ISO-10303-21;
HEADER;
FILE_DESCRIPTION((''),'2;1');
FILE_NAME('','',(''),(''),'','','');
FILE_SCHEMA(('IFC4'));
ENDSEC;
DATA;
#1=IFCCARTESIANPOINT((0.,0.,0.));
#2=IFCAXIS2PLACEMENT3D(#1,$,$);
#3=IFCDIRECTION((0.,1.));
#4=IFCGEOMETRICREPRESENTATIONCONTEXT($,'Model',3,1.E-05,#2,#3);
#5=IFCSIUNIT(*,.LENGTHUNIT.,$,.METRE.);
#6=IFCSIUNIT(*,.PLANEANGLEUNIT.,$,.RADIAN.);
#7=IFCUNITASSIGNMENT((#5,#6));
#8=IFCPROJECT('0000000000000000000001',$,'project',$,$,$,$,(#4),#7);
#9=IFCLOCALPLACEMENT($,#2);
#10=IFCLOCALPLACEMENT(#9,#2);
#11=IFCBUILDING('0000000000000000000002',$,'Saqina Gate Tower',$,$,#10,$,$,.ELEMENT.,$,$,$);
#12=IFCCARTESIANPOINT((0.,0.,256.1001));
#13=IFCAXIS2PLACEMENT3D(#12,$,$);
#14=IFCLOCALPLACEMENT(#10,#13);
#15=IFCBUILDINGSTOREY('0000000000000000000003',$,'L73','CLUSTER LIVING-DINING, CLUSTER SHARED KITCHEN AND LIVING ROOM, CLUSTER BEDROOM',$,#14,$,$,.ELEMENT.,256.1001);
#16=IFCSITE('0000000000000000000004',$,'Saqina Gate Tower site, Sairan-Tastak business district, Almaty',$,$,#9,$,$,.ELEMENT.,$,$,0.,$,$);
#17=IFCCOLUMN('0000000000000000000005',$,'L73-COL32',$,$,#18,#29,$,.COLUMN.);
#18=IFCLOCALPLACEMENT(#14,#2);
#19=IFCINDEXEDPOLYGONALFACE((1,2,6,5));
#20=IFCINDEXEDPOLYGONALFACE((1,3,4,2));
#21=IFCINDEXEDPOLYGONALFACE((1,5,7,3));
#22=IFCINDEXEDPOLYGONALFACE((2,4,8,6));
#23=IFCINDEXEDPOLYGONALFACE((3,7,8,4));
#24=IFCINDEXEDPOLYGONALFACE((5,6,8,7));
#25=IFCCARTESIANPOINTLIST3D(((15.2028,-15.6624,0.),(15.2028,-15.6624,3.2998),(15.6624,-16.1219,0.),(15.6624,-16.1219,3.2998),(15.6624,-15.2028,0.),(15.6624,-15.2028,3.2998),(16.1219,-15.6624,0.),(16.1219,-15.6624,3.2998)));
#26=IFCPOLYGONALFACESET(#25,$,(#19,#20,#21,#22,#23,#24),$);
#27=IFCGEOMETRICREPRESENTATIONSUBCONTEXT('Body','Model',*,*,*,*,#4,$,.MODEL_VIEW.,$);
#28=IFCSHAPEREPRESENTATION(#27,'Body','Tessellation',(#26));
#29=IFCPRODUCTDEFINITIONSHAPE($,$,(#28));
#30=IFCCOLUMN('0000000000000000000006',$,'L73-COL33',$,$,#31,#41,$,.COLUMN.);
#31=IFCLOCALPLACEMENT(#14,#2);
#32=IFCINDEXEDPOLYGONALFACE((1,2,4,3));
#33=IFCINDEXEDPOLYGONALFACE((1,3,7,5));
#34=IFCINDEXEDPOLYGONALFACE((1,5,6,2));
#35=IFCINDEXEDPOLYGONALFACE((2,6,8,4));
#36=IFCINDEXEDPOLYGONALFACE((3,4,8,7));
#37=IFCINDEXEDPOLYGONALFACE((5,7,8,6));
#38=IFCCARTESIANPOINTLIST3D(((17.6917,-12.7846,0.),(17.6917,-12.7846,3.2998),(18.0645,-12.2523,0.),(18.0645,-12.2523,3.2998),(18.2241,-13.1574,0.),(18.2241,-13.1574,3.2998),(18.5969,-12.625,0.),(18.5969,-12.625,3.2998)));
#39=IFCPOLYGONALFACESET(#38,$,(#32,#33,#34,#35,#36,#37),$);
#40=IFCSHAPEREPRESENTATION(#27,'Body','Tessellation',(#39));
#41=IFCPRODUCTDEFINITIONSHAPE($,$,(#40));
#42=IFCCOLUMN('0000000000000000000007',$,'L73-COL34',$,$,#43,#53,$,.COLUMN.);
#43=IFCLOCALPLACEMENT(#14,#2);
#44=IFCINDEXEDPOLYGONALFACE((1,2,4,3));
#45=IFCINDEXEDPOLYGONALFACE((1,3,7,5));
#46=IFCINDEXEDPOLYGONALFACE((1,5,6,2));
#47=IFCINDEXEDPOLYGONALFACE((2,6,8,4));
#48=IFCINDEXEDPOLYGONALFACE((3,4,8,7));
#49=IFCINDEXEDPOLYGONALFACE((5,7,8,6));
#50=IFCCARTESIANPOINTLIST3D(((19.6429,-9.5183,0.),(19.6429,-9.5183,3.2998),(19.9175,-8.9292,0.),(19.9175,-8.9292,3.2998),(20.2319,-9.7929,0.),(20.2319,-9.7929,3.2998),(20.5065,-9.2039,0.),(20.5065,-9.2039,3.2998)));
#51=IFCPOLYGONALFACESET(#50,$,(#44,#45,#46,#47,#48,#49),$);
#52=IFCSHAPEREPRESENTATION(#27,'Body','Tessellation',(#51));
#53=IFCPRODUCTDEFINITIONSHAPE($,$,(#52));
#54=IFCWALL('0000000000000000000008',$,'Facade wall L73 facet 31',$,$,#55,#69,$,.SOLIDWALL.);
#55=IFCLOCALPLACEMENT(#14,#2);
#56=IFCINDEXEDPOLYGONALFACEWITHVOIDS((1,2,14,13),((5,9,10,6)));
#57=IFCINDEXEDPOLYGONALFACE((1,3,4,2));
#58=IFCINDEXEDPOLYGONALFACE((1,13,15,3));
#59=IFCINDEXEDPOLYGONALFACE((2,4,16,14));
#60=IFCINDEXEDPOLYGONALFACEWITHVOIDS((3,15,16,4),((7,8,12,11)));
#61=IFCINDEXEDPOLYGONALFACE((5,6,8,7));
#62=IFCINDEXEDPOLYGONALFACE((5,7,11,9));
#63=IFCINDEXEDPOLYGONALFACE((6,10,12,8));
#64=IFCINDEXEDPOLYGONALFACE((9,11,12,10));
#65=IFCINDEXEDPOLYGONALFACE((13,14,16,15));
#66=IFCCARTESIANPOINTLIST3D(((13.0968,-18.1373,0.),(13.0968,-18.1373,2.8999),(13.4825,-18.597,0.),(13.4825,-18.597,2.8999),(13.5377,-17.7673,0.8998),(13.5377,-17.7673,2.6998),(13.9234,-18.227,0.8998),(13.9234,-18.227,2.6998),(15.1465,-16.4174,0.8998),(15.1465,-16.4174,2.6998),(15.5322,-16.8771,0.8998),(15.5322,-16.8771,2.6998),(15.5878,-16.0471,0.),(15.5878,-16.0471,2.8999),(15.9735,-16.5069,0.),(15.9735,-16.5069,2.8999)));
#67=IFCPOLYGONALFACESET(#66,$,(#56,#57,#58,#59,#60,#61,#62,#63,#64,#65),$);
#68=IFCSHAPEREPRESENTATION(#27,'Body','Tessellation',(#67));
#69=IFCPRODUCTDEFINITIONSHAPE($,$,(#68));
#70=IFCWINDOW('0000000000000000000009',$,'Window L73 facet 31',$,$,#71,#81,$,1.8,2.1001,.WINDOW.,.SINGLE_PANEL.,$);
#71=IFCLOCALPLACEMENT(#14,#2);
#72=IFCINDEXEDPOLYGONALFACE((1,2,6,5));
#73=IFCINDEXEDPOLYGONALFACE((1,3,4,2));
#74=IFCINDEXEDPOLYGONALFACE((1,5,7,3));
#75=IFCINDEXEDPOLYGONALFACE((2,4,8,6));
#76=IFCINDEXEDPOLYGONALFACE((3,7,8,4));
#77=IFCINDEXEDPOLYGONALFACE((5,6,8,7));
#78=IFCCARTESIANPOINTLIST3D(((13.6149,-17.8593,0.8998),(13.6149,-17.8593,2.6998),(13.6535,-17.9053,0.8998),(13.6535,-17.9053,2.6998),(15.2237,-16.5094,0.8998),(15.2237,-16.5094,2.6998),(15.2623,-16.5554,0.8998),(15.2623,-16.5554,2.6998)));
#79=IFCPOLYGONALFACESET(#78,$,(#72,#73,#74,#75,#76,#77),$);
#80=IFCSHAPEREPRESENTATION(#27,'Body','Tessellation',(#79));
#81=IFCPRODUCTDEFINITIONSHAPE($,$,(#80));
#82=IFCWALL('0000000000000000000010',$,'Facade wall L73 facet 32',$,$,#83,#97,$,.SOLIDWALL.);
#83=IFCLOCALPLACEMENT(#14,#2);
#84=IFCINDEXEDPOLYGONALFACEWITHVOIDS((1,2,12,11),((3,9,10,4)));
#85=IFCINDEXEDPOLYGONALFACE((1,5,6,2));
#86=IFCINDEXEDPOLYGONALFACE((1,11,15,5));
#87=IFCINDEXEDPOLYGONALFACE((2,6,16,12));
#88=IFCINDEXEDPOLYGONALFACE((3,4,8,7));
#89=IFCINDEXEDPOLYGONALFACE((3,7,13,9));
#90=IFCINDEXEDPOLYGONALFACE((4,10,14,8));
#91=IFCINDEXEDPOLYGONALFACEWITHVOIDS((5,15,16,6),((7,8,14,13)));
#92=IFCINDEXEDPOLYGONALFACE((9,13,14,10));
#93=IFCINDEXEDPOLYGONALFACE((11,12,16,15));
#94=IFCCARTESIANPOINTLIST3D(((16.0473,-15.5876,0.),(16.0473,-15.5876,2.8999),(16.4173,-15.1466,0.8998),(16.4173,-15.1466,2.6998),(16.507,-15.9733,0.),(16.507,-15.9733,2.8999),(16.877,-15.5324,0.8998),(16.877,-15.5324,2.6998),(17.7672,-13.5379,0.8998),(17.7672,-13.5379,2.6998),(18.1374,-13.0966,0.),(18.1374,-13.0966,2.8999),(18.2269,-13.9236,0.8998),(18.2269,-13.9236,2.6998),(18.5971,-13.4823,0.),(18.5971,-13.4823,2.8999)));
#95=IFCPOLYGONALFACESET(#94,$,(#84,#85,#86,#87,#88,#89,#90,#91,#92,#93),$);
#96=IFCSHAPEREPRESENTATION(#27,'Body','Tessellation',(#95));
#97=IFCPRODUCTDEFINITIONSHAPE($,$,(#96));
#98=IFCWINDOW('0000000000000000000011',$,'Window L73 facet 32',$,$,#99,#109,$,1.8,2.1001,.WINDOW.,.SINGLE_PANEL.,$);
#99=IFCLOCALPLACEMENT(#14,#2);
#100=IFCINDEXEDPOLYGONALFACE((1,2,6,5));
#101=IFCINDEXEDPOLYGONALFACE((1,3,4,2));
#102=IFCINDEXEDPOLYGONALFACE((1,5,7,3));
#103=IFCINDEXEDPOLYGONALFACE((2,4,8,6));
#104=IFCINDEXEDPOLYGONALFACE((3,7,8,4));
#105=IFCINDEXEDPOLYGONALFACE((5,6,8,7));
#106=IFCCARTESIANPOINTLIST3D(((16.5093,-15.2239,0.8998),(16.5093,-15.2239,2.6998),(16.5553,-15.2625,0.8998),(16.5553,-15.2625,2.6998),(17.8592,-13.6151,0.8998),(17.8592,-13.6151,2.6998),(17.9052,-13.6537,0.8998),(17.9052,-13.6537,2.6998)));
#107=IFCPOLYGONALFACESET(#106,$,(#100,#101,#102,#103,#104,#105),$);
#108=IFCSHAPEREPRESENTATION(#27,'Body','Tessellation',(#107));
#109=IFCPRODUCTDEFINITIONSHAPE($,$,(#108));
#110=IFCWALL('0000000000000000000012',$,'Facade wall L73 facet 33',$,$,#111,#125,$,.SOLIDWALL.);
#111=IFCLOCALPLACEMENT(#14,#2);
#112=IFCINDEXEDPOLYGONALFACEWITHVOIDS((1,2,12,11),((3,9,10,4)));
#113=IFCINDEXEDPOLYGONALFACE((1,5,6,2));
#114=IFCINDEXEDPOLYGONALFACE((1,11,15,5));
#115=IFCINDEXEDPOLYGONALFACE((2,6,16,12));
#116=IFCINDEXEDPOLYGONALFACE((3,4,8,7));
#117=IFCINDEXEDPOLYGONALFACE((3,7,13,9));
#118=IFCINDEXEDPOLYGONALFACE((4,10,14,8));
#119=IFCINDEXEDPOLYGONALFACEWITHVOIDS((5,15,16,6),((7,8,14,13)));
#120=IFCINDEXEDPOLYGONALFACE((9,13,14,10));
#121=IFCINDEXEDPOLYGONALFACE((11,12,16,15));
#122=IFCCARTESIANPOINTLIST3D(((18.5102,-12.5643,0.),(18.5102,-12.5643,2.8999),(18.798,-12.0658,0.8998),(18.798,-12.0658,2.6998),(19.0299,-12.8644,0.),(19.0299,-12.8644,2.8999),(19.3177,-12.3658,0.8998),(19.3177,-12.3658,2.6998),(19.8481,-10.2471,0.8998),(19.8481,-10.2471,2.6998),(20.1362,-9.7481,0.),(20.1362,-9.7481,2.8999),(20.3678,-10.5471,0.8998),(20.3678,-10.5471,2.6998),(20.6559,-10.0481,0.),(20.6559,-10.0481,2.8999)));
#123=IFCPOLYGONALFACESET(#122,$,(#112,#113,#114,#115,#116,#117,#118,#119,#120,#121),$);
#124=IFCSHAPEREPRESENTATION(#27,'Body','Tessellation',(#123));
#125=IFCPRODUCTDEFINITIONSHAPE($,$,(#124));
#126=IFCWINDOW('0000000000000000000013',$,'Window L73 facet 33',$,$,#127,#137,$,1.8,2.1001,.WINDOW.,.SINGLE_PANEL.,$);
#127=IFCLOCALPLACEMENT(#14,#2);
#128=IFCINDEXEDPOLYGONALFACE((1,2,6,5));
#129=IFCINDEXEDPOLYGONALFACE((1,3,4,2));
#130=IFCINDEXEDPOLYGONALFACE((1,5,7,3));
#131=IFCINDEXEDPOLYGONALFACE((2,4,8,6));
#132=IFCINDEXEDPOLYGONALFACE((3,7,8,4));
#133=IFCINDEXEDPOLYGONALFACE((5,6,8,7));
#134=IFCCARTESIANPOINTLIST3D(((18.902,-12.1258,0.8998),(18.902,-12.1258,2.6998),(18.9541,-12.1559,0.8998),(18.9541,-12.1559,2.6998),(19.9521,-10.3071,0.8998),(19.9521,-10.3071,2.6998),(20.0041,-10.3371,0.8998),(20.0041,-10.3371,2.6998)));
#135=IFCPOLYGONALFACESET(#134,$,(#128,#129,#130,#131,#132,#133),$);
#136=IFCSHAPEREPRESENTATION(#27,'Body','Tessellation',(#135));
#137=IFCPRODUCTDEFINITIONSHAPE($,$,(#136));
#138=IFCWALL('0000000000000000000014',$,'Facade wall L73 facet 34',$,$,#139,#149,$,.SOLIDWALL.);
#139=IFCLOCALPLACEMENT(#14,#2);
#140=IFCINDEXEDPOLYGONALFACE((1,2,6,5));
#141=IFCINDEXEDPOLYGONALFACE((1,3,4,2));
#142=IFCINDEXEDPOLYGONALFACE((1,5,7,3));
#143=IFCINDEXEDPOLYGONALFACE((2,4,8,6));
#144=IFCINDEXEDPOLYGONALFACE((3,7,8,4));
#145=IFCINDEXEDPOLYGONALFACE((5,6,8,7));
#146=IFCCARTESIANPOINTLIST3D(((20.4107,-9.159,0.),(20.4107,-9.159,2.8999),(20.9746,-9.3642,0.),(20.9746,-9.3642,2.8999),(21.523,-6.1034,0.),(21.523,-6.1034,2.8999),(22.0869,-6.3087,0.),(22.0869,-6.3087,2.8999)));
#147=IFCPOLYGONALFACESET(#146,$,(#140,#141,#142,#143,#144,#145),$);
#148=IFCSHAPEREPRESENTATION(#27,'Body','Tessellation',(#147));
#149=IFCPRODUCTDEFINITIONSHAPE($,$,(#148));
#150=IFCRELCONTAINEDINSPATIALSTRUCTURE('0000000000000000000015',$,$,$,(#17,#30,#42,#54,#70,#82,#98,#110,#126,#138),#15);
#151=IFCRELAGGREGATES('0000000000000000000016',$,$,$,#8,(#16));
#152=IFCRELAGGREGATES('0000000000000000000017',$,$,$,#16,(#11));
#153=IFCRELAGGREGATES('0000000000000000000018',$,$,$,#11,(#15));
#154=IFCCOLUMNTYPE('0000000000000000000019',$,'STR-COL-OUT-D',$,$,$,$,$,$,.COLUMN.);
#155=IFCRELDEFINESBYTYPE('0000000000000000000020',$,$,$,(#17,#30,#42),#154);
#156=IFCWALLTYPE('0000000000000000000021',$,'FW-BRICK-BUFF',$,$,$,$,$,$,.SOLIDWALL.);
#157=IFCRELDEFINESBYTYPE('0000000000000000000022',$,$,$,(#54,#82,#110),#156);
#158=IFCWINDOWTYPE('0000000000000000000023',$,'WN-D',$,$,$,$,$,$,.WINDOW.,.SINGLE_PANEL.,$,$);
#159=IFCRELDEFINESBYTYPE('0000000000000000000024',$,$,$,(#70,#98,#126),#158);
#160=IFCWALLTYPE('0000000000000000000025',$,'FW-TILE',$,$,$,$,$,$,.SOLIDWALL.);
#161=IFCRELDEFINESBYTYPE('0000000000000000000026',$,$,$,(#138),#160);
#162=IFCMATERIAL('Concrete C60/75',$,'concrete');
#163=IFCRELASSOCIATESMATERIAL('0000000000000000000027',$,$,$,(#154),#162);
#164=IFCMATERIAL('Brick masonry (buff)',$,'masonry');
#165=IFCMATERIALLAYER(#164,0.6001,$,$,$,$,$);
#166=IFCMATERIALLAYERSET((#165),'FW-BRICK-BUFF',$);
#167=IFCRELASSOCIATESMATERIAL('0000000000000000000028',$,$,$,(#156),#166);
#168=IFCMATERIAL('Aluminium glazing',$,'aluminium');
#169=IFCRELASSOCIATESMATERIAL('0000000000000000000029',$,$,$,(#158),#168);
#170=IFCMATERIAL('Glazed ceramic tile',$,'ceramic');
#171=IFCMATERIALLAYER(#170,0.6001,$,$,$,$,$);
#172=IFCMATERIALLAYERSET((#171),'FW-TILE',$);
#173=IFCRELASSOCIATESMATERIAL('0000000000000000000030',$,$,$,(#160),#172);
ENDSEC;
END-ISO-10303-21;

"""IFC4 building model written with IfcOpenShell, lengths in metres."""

from ifc_helpers import new_model, si_unit, direction, frame, frame_2d, origin, origin_2d, place, context, subcontext, project, spatial, rectangle, extrude, material, layer, layer_set, material_profile, profile_set, type_object, element, fill, save


model = new_model("IFC4")

# Units and contexts
model_context = context("Model", 3, precision=1e-05, world=origin(), true_north=direction((0.0, 1.0)))
body_context = subcontext(model_context, "Body", "Model", "MODEL_VIEW")
ifc_project = project(units=[si_unit("LENGTHUNIT", "METRE"), si_unit("PLANEANGLEUNIT", "RADIAN")], contexts=[model_context])

# Site, building, storey
site_placement = place(None, origin())
site = spatial("IfcSite", under=ifc_project, at=site_placement, Name="Saqina Gate Tower site, Sairan-Tastak business district, Almaty", CompositionType="ELEMENT", RefElevation=0.0)
building_placement = place(site_placement, origin())
building = spatial("IfcBuilding", under=site, at=building_placement, Name="Saqina Gate Tower", CompositionType="ELEMENT")
storey_placement = place(building_placement, frame((0.0, 0.0, 256.1001)))
storey = spatial("IfcBuildingStorey", under=building, at=storey_placement, Name="L73", Description="CLUSTER LIVING-DINING, CLUSTER SHARED KITCHEN AND LIVING ROOM, CLUSTER BEDROOM", CompositionType="ELEMENT", Elevation=256.1001)

# Columns
ifc_material_1 = material(Name="Concrete C60/75", Category="concrete")
ifc_material_profile = material_profile(ifc_material_1, rectangle(XDim=0.6499, YDim=0.6499, at=origin_2d()), Name="RC 650x650")
ifc_profile_set = profile_set([ifc_material_profile], Name="Concrete C60/75")
column_type = type_object("IfcColumnType", Name="STR-COL-OUT-D", PredefinedType="COLUMN", material=ifc_profile_set)
for number, where, z_axis, x_axis, name in (
    (1, (15.6624, -15.6624, 0.0), (0.0, 0.0, 1.0), (0.707107, -0.707107, 0.0), "L73-COL32"),
    (2, (18.1443, -12.7048, 0.0), (0.0, 0.0, 1.0), (0.819152, -0.573576, 0.0), "L73-COL33"),
    (3, (20.0747, -9.3611, 0.0), (0.0, 0.0, 1.0), (0.906308, -0.422618, 0.0), "L73-COL34"),
):
    element("IfcColumn", number, at=place(storey_placement, frame(where, z_axis=z_axis, x_axis=x_axis)), inside=storey, type_object=column_type, Name=name, PredefinedType="COLUMN", context=body_context, shape_type="SweptSolid", body=[
        extrude(rectangle(XDim=0.6499, YDim=0.6499, at=origin_2d()), origin(), (0.0, 0.0, 1.0), 3.2998),
    ])

# Walls, openings, windows
ifc_material_2 = material(Name="Brick masonry (buff)", Category="masonry")
ifc_layer_1 = layer(ifc_material_2, 0.6001)
ifc_layer_set_1 = layer_set([ifc_layer_1], Name="FW-BRICK-BUFF")
wall_type_1 = type_object("IfcWallType", Name="FW-BRICK-BUFF", PredefinedType="SOLIDWALL", material=ifc_layer_set_1)
wall_1_placement = place(storey_placement, frame((13.2896, -18.3672, 0.0), z_axis=(0.0, 0.0, 1.0), x_axis=(0.766057, 0.642773, 0.0)))
wall_1 = element("IfcWall", 4, at=wall_1_placement, inside=storey, type_object=wall_type_1, Name="Facade wall L73 facet 31", PredefinedType="SOLIDWALL", context=body_context, shape_type="SweptSolid", body=[
    extrude(rectangle(XDim=3.2517, YDim=0.6001, at=frame_2d((1.626, 0.0))), origin(), (0.0, 0.0, 1.0), 2.8999),
])
opening_1_placement = place(wall_1_placement, frame((0.5757, 0.0, 0.8999)))
opening_1 = element("IfcOpeningElement", 5, at=opening_1_placement, cuts=wall_1, PredefinedType="OPENING", context=body_context, shape_type="SweptSolid", body=[
    extrude(rectangle(XDim=2.1001, YDim=1.8, at=frame_2d((1.05, 0.8999))), frame((0.0, 0.312, 0.0), z_axis=(0.0, -1.0, 0.0), x_axis=(1.0, 0.0, 0.0)), (0.0, 0.0, 1.0), 0.624),
])
ifc_material_3 = material(Name="Aluminium glazing", Category="aluminium")
window_type = type_object("IfcWindowType", Name="WN-D", PartitioningType="SINGLE_PANEL", PredefinedType="WINDOW", material=ifc_material_3)
window_1_placement = place(opening_1_placement, origin())
window_1 = element("IfcWindow", 6, at=window_1_placement, inside=storey, type_object=window_type, Name="Window L73 facet 31", OverallHeight=1.8, OverallWidth=2.1001, PartitioningType="SINGLE_PANEL", PredefinedType="WINDOW", context=body_context, shape_type="SweptSolid", body=[
    extrude(rectangle(XDim=2.1001, YDim=1.8, at=frame_2d((1.05, 0.8999))), frame((0.0, 0.1799, 0.0), z_axis=(0.0, -1.0, 0.0), x_axis=(1.0, 0.0, 0.0)), (0.0, 0.0, 1.0), 0.0601),
])
fill(opening_1, window_1)
wall_2_placement = place(storey_placement, frame((16.2771, -15.7805, 0.0), z_axis=(0.0, 0.0, 1.0), x_axis=(0.642773, 0.766057, 0.0)))
wall_2 = element("IfcWall", 7, at=wall_2_placement, inside=storey, type_object=wall_type_1, Name="Facade wall L73 facet 32", PredefinedType="SOLIDWALL", context=body_context, shape_type="SweptSolid", body=[
    extrude(rectangle(XDim=3.2517, YDim=0.6001, at=frame_2d((1.626, 0.0))), origin(), (0.0, 0.0, 1.0), 2.8999),
])
opening_2_placement = place(wall_2_placement, frame((0.5757, 0.0, 0.8999)))
opening_2 = element("IfcOpeningElement", 8, at=opening_2_placement, cuts=wall_2, PredefinedType="OPENING", context=body_context, shape_type="SweptSolid", body=[
    extrude(rectangle(XDim=2.1001, YDim=1.8, at=frame_2d((1.05, 0.8999))), frame((0.0, 0.312, 0.0), z_axis=(0.0, -1.0, 0.0), x_axis=(1.0, 0.0, 0.0)), (0.0, 0.0, 1.0), 0.624),
])
window_2_placement = place(opening_2_placement, origin())
window_2 = element("IfcWindow", 9, at=window_2_placement, inside=storey, type_object=window_type, Name="Window L73 facet 32", OverallHeight=1.8, OverallWidth=2.1001, PartitioningType="SINGLE_PANEL", PredefinedType="WINDOW", context=body_context, shape_type="SweptSolid", body=[
    extrude(rectangle(XDim=2.1001, YDim=1.8, at=frame_2d((1.05, 0.8999))), frame((0.0, 0.1799, 0.0), z_axis=(0.0, -1.0, 0.0), x_axis=(1.0, 0.0, 0.0)), (0.0, 0.0, 1.0), 0.0601),
])
fill(opening_2, window_2)
wall_3_placement = place(storey_placement, frame((18.77, -12.7144, 0.0), z_axis=(0.0, 0.0, 1.0), x_axis=(0.500015, 0.866017, 0.0)))
wall_3 = element("IfcWall", 10, at=wall_3_placement, inside=storey, type_object=wall_type_1, Name="Facade wall L73 facet 33", PredefinedType="SOLIDWALL", context=body_context, shape_type="SweptSolid", body=[
    extrude(rectangle(XDim=3.252, YDim=0.6001, at=frame_2d((1.626, 0.0))), origin(), (0.0, 0.0, 1.0), 2.8999),
])
opening_3_placement = place(wall_3_placement, frame((0.5757, 0.0, 0.8999)))
opening_3 = element("IfcOpeningElement", 11, at=opening_3_placement, cuts=wall_3, PredefinedType="OPENING", context=body_context, shape_type="SweptSolid", body=[
    extrude(rectangle(XDim=2.1001, YDim=1.8, at=frame_2d((1.05, 0.8999))), frame((0.0, 0.312, 0.0), z_axis=(0.0, -1.0, 0.0), x_axis=(1.0, 0.0, 0.0)), (0.0, 0.0, 1.0), 0.624),
])
window_3_placement = place(opening_3_placement, origin())
window_3 = element("IfcWindow", 12, at=window_3_placement, inside=storey, type_object=window_type, Name="Window L73 facet 33", OverallHeight=1.8, OverallWidth=2.1001, PartitioningType="SINGLE_PANEL", PredefinedType="WINDOW", context=body_context, shape_type="SweptSolid", body=[
    extrude(rectangle(XDim=2.1001, YDim=1.8, at=frame_2d((1.05, 0.8999))), frame((0.0, 0.1799, 0.0), z_axis=(0.0, -1.0, 0.0), x_axis=(1.0, 0.0, 0.0)), (0.0, 0.0, 1.0), 0.0601),
])
fill(opening_3, window_3)

# Wall
ifc_material_4 = material(Name="Glazed ceramic tile", Category="ceramic")
ifc_layer_2 = layer(ifc_material_4, 0.6001)
ifc_layer_set_2 = layer_set([ifc_layer_2], Name="FW-TILE")
wall_type_2 = type_object("IfcWallType", Name="FW-TILE", PredefinedType="SOLIDWALL", material=ifc_layer_set_2)
wall_4_placement = place(storey_placement, frame((20.6926, -9.2617, 0.0), z_axis=(0.0, 0.0, 1.0), x_axis=(0.342057, 0.939679, 0.0)))
element("IfcWall", 13, at=wall_4_placement, inside=storey, type_object=wall_type_2, Name="Facade wall L73 facet 34", PredefinedType="SOLIDWALL", context=body_context, shape_type="SweptSolid", body=[
    extrude(rectangle(XDim=3.2517, YDim=0.6001, at=frame_2d((1.626, 0.0))), origin(), (0.0, 0.0, 1.0), 2.8999),
])

save(model, "model.ifc")
